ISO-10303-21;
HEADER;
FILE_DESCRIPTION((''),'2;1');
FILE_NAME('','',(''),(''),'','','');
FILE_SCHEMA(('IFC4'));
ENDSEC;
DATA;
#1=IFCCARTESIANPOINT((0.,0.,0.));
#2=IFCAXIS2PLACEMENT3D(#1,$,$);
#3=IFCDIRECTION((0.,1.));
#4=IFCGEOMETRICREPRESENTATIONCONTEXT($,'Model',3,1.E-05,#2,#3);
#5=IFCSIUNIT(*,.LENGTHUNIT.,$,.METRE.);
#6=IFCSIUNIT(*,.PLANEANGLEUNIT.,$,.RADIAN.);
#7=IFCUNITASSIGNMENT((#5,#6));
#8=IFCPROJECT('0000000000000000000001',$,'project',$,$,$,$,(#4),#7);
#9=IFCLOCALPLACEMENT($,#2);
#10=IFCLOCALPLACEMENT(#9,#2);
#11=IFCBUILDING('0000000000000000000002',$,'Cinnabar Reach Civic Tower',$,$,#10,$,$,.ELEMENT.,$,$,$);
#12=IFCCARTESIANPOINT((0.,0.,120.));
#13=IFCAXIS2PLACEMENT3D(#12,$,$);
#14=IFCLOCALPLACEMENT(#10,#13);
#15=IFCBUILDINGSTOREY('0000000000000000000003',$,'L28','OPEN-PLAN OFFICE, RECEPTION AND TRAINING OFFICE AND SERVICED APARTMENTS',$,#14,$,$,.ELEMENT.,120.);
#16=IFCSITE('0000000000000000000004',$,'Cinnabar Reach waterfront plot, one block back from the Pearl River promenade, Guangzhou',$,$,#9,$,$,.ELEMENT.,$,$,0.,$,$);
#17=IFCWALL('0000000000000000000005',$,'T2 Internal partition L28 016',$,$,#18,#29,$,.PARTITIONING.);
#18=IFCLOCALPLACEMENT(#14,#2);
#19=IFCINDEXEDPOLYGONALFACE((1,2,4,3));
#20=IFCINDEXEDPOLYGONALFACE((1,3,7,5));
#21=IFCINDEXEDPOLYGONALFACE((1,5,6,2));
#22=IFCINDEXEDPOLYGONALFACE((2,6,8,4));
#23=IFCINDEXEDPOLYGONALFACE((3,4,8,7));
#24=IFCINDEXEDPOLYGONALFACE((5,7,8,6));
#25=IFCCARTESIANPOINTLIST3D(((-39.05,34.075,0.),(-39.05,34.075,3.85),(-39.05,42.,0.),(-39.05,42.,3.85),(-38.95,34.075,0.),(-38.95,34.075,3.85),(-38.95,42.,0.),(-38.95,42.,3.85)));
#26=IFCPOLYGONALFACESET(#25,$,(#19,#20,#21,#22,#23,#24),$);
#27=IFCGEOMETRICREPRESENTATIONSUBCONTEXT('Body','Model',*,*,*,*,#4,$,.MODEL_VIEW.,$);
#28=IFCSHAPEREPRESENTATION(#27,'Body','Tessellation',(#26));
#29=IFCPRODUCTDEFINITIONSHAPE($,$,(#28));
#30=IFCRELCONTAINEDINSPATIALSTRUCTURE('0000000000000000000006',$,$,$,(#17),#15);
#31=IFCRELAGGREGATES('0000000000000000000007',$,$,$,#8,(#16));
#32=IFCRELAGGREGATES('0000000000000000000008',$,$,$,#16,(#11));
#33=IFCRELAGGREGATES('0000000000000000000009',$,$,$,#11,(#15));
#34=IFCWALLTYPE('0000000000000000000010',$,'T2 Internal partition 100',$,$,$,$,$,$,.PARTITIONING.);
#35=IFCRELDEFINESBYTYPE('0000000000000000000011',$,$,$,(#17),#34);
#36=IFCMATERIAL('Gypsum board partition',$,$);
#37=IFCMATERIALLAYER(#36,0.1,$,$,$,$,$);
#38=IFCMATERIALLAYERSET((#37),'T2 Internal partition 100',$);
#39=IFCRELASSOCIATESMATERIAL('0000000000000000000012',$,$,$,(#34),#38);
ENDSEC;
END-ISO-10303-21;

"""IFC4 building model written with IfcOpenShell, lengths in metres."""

from ifc_helpers import new_model, si_unit, direction, frame, frame_2d, origin, place, context, subcontext, project, spatial, rectangle, extrude, material, layer, layer_set, type_object, element, save


model = new_model("IFC4")

# Units and contexts
model_context = context("Model", 3, precision=1e-05, world=origin(), true_north=direction((0.0, 1.0)))
body_context = subcontext(model_context, "Body", "Model", "MODEL_VIEW")
ifc_project = project(units=[si_unit("LENGTHUNIT", "METRE"), si_unit("PLANEANGLEUNIT", "RADIAN")], contexts=[model_context])

# Site, building, storey
site_placement = place(None, origin())
site = spatial("IfcSite", under=ifc_project, at=site_placement, Name="Cinnabar Reach waterfront plot, one block back from the Pearl River promenade, Guangzhou", CompositionType="ELEMENT", RefElevation=0.0)
building_placement = place(site_placement, origin())
building = spatial("IfcBuilding", under=site, at=building_placement, Name="Cinnabar Reach Civic Tower", CompositionType="ELEMENT")
storey_placement = place(building_placement, frame((0.0, 0.0, 120.0)))
storey = spatial("IfcBuildingStorey", under=building, at=storey_placement, Name="L28", Description="OPEN-PLAN OFFICE, RECEPTION AND TRAINING OFFICE AND SERVICED APARTMENTS", CompositionType="ELEMENT", Elevation=120.0)

# Wall
ifc_material_1 = material(Name="Gypsum board partition")
ifc_layer_1 = layer(ifc_material_1, 0.1)
ifc_layer_set_1 = layer_set([ifc_layer_1], Name="T2 Internal partition 100")
wall_type_1 = type_object("IfcWallType", Name="T2 Internal partition 100", PredefinedType="PARTITIONING", material=ifc_layer_set_1)
wall_1_placement = place(storey_placement, frame((-39.0, 34.075, 0.0), z_axis=(0.0, 0.0, 1.0), x_axis=(0.0, 1.0, 0.0)))
element("IfcWall", 1, at=wall_1_placement, inside=storey, type_object=wall_type_1, Name="T2 Internal partition L28 016", PredefinedType="PARTITIONING", context=body_context, shape_type="SweptSolid", body=[
    extrude(rectangle(XDim=7.925, YDim=0.1, at=frame_2d((3.9625, 0.0))), origin(), (0.0, 0.0, 1.0), 3.85),
])

save(model, "model.ifc")
